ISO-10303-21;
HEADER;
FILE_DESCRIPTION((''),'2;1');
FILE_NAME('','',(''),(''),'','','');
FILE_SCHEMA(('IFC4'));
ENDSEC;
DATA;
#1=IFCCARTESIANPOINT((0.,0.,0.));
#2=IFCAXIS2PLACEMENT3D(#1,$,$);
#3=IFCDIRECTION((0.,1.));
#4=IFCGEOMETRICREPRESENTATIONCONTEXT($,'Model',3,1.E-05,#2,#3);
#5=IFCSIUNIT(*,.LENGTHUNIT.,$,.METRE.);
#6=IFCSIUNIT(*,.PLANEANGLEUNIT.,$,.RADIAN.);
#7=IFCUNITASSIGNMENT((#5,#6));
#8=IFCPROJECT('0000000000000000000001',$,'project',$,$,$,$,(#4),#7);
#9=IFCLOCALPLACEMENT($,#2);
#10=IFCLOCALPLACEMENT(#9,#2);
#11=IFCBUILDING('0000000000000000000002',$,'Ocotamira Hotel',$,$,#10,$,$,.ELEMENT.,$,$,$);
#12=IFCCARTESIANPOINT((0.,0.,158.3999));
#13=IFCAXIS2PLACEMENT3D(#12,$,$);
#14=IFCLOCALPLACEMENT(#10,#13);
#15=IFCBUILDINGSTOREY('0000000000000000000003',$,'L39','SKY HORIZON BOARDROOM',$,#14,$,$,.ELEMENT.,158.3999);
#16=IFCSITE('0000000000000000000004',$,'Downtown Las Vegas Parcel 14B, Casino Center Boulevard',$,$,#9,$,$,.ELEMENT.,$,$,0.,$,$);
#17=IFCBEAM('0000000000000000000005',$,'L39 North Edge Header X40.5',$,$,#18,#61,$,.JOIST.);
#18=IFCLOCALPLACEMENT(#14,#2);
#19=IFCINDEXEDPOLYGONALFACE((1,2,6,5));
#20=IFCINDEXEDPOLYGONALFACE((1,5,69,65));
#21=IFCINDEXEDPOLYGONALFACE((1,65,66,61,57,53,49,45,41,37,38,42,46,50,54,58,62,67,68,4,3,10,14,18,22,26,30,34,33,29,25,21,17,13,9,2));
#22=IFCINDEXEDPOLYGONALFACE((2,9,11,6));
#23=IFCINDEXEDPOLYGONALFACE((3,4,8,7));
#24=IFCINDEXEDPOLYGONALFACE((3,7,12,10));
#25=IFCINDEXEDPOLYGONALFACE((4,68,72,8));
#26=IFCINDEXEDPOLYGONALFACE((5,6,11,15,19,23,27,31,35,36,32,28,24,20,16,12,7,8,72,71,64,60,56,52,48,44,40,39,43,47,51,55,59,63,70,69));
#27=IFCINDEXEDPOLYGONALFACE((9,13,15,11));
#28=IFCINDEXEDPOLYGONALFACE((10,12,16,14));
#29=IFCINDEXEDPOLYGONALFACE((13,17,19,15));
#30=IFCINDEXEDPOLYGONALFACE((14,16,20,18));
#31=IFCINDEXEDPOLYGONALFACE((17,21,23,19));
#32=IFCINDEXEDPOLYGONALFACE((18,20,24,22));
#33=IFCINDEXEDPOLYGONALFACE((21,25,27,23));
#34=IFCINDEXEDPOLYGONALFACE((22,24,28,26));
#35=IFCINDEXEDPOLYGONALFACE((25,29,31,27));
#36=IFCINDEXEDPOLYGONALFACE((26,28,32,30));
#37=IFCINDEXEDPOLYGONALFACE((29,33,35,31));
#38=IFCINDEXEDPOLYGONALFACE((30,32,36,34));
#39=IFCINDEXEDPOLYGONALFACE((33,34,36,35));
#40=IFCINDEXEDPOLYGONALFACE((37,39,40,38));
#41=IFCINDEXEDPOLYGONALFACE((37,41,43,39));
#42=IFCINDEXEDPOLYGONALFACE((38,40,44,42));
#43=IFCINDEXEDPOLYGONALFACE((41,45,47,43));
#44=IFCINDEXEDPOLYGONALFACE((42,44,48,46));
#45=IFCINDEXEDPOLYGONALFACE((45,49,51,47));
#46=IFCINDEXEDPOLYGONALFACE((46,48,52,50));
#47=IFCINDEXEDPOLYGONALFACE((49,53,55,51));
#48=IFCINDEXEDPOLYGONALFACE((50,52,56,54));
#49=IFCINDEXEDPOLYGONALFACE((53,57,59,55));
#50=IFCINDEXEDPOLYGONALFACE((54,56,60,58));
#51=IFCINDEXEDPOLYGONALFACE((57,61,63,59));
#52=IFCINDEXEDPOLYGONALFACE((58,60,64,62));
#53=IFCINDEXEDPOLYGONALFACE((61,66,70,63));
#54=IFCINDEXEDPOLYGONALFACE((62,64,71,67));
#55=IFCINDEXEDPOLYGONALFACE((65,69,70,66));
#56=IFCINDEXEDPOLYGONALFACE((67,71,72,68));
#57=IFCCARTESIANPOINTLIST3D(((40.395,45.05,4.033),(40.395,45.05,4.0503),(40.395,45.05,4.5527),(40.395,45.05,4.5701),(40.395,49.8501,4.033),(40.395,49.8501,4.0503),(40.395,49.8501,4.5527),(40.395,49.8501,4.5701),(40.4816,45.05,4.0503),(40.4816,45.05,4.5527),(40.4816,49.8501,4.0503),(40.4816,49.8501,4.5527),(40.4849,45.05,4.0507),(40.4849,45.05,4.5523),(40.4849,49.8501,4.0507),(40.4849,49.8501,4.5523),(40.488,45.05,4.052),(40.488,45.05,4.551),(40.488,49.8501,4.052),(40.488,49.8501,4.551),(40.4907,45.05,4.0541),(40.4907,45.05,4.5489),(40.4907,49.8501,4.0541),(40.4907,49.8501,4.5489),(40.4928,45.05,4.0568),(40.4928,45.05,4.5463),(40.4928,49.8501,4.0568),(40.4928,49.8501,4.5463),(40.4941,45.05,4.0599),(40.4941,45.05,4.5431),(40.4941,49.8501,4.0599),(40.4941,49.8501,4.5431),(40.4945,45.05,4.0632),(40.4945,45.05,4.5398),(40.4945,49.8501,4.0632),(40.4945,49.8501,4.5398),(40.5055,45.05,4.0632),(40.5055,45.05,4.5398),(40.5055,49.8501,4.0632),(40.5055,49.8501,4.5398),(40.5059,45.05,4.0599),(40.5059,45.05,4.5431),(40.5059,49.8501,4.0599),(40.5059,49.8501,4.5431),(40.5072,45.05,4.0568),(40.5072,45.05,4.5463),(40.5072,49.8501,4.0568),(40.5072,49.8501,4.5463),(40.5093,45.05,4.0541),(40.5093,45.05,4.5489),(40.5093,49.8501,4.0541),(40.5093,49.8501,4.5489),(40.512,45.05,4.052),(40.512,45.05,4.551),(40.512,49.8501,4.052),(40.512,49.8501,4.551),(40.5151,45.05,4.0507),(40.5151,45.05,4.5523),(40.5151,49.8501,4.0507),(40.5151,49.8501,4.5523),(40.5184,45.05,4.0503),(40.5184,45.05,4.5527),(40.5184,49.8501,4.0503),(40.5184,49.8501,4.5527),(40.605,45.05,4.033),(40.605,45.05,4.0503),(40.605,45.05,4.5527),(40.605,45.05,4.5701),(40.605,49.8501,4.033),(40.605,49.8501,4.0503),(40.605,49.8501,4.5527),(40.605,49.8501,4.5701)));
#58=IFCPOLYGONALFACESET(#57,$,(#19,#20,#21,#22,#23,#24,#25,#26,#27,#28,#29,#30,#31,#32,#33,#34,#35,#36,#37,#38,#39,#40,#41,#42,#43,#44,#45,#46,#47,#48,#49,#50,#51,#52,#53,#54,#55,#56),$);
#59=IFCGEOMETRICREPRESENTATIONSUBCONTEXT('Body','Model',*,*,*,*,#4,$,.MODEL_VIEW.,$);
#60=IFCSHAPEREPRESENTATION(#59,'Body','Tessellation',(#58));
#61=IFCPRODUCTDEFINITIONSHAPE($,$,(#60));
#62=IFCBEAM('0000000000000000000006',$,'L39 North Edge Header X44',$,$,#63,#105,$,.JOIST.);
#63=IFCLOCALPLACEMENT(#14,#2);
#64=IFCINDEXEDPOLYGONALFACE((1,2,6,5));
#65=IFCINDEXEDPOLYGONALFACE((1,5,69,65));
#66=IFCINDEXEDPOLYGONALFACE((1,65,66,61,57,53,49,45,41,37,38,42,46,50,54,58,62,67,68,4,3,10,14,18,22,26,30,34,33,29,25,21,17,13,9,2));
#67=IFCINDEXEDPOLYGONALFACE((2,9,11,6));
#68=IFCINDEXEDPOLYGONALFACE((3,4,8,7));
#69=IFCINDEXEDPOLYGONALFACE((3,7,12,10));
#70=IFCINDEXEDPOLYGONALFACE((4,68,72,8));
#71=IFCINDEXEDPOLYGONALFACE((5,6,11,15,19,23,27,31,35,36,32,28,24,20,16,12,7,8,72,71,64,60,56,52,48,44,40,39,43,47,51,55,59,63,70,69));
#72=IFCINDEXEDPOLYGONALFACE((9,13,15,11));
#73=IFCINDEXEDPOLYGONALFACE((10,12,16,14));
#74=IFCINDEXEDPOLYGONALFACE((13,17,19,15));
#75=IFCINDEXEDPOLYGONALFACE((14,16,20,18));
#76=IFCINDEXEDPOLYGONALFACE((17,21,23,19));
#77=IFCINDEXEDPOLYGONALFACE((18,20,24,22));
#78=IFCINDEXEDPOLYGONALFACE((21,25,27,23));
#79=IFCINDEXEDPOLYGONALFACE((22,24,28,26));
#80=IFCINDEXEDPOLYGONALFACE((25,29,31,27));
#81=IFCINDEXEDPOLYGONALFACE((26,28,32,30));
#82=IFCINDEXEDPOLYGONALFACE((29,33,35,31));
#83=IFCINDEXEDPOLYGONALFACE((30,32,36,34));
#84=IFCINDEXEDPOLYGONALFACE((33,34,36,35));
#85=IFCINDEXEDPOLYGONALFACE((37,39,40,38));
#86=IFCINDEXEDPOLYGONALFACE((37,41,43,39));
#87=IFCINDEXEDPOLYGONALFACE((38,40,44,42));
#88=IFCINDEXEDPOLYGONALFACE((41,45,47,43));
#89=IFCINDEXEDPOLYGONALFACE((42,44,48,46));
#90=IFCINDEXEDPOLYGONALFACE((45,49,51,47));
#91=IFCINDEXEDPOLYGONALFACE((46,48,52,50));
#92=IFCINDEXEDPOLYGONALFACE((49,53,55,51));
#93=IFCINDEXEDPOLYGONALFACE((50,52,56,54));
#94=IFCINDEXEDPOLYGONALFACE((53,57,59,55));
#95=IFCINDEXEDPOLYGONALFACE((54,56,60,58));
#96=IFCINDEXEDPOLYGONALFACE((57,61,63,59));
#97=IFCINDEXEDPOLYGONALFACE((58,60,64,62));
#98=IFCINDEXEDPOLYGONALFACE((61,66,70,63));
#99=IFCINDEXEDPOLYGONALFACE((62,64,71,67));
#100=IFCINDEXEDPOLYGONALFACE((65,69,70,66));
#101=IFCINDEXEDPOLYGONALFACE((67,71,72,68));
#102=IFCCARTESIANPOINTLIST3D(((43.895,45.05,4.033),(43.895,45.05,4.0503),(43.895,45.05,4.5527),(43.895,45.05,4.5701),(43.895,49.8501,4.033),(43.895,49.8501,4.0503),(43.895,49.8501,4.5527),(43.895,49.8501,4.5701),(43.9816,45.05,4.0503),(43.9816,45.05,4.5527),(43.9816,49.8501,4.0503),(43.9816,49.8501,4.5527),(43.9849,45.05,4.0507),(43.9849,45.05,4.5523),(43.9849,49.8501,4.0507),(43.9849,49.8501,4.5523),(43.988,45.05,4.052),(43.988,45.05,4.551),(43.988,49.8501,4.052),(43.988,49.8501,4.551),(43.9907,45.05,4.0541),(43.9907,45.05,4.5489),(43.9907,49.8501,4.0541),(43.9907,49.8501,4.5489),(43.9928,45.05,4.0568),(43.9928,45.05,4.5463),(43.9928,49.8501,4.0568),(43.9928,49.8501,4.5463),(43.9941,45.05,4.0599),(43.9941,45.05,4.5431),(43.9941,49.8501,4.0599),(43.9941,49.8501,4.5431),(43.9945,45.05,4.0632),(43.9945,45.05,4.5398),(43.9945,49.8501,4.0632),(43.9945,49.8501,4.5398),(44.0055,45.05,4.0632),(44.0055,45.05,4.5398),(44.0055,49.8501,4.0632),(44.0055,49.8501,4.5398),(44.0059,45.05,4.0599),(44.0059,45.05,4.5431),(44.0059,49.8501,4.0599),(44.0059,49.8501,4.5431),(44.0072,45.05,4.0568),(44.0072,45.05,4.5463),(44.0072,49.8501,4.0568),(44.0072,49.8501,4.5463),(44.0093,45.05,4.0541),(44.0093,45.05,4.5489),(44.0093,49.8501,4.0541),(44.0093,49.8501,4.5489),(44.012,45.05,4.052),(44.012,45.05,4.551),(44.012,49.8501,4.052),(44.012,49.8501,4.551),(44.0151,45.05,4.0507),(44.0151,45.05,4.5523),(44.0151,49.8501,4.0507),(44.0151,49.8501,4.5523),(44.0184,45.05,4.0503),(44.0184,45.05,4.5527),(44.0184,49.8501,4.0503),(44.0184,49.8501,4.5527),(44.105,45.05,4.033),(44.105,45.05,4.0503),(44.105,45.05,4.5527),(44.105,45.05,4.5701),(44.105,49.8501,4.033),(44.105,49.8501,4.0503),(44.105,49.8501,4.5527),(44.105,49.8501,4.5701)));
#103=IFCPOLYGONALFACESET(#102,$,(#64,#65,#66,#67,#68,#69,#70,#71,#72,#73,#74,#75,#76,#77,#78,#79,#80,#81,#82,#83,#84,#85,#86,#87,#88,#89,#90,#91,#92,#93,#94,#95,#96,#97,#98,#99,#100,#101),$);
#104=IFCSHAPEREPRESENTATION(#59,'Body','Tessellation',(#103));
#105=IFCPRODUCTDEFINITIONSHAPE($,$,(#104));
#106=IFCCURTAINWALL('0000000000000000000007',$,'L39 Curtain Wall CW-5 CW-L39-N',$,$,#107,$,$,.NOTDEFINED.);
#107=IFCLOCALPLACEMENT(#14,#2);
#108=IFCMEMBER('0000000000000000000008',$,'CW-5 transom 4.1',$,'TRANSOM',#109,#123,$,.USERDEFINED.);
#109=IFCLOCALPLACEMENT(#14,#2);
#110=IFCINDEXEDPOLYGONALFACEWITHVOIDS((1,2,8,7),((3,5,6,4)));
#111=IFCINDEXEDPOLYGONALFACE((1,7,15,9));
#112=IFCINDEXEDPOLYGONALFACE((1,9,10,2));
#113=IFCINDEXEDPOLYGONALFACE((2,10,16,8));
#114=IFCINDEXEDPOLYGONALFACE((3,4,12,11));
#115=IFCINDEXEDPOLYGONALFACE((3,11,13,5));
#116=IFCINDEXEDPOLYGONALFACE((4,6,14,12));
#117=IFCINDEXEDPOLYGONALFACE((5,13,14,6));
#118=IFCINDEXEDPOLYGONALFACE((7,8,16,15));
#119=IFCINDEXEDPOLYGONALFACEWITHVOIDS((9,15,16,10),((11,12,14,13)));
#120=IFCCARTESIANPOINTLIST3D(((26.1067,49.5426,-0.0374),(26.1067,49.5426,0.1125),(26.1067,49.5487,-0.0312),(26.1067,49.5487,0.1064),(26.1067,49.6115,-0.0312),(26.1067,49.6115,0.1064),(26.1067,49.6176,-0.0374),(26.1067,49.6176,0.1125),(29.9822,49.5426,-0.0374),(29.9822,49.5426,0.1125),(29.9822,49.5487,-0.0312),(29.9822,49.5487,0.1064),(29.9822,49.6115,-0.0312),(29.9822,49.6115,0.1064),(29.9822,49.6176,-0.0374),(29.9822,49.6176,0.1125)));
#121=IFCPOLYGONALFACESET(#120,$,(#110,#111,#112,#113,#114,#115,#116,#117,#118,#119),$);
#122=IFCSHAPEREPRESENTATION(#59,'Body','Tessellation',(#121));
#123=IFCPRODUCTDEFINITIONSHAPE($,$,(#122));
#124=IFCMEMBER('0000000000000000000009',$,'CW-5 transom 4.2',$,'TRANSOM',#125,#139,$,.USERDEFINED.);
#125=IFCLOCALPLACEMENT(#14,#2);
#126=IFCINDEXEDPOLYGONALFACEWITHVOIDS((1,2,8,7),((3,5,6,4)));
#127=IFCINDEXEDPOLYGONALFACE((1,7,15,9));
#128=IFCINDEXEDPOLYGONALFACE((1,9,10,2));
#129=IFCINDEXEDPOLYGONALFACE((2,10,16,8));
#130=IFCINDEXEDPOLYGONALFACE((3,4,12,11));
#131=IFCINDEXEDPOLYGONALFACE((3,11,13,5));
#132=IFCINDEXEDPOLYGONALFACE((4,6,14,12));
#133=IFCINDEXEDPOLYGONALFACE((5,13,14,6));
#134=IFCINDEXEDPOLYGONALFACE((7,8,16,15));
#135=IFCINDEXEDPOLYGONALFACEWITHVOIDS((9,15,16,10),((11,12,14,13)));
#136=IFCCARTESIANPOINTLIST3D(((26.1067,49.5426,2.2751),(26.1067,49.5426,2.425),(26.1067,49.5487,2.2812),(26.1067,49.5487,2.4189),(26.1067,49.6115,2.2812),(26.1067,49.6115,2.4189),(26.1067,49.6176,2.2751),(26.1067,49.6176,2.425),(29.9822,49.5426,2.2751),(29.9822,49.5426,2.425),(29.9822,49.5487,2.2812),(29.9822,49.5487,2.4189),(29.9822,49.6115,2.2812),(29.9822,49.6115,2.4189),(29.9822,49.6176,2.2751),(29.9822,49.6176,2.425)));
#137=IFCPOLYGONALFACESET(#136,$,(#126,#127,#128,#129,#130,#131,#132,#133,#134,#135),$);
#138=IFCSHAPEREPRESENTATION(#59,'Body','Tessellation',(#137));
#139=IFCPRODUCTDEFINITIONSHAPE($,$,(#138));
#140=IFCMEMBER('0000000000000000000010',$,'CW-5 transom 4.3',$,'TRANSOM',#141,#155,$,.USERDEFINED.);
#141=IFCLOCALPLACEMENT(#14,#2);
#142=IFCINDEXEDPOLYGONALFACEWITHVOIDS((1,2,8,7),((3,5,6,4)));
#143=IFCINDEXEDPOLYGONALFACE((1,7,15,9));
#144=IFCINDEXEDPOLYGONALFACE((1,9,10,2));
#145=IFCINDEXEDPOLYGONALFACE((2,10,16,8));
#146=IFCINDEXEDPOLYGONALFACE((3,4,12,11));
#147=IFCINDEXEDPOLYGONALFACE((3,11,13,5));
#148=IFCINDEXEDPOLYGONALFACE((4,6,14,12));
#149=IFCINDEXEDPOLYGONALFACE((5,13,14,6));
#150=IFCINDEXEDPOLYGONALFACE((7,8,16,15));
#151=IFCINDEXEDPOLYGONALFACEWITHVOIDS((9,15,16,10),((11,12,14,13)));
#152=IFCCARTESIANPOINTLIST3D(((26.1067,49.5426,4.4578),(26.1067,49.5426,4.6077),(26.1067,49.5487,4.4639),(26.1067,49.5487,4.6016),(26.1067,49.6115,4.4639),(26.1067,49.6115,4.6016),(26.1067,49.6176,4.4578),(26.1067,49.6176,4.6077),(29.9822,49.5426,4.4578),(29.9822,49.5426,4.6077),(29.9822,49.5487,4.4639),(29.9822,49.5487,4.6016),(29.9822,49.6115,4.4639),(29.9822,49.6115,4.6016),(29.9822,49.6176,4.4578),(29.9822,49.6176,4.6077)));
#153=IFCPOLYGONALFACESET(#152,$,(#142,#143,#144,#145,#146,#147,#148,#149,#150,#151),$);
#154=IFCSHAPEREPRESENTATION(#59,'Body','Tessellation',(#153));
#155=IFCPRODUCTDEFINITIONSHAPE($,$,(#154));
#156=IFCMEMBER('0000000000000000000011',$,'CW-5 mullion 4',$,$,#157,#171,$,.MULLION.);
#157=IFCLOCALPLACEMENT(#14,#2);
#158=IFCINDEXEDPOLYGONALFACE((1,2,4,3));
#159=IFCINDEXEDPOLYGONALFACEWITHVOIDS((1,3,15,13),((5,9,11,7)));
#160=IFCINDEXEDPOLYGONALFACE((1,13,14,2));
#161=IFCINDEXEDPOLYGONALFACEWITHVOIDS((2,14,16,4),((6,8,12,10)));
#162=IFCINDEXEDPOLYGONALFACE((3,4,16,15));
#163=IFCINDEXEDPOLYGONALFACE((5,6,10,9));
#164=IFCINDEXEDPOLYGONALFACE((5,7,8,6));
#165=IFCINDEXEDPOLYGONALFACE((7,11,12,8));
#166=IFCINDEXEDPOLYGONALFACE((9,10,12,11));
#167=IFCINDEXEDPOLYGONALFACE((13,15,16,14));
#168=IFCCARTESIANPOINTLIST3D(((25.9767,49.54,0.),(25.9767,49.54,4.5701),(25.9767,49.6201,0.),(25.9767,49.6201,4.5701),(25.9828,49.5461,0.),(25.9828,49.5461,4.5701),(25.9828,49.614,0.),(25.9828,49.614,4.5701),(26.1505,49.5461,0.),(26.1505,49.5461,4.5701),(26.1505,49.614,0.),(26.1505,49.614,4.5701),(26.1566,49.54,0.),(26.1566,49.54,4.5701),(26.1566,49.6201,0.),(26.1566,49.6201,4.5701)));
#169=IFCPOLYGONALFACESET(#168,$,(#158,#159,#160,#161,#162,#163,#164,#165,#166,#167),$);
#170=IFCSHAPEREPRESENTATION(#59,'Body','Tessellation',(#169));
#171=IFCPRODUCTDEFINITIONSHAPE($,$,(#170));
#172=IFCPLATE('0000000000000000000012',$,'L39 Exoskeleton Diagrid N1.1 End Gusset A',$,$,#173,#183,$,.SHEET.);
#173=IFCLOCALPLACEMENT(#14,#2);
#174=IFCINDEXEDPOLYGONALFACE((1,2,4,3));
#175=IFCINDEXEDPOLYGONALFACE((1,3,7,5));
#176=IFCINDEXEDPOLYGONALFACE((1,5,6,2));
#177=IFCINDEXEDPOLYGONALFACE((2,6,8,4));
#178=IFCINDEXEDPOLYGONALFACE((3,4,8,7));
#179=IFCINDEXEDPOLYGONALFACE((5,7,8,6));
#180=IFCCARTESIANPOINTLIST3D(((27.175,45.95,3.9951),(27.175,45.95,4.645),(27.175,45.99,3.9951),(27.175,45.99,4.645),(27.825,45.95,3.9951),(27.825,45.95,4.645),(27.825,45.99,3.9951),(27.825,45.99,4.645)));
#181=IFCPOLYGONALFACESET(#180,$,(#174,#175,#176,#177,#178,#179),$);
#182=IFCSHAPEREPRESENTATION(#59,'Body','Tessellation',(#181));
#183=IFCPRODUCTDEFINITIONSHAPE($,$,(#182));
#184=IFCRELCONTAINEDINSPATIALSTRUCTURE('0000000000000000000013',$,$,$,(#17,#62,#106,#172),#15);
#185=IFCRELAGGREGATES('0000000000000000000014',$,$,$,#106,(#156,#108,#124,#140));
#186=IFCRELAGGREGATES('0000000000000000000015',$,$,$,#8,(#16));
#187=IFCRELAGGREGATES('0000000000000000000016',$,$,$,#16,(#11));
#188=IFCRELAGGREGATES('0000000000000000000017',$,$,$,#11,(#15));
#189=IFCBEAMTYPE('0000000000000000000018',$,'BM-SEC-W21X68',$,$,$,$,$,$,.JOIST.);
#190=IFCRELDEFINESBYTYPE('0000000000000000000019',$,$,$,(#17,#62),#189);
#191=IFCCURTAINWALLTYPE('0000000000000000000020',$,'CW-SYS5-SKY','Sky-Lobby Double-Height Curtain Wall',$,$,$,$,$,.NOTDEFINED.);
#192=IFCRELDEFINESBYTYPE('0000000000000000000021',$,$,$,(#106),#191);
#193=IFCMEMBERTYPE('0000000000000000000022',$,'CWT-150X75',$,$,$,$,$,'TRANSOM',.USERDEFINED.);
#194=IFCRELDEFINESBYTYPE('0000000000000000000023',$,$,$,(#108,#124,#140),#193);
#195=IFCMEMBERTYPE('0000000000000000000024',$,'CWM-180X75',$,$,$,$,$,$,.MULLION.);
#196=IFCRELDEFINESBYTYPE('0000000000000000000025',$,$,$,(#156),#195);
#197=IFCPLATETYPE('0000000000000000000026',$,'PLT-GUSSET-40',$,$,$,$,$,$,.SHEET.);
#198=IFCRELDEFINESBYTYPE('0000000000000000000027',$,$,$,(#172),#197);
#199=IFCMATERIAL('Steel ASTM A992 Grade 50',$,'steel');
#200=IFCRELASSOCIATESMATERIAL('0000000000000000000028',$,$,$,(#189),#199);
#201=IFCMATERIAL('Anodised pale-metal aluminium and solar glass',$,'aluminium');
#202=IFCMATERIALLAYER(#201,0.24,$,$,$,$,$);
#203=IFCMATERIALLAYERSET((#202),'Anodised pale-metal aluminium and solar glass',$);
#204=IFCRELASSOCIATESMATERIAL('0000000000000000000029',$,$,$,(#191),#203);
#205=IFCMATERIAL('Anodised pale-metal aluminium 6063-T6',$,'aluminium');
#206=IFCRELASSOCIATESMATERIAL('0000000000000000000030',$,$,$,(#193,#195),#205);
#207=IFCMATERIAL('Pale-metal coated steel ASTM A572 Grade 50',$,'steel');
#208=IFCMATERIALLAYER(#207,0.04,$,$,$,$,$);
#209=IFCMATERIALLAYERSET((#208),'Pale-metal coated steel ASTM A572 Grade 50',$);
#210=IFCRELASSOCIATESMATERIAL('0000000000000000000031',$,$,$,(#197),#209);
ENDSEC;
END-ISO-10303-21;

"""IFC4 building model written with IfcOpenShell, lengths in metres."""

from ifc_helpers import new_model, si_unit, direction, frame, origin, origin_2d, place, context, subcontext, project, spatial, rectangle, hollow_rectangle, i_section, extrude, source, transform, mapped, material, layer, layer_set, material_profile, profile_set, type_object, element, aggregate, save


model = new_model("IFC4")

# Units and contexts
model_context = context("Model", 3, precision=1e-05, world=origin(), true_north=direction((0.0, 1.0)))
body_context = subcontext(model_context, "Body", "Model", "MODEL_VIEW")
ifc_project = project(units=[si_unit("LENGTHUNIT", "METRE"), si_unit("PLANEANGLEUNIT", "RADIAN")], contexts=[model_context])

# Site, building, storey
site_placement = place(None, origin())
site = spatial("IfcSite", under=ifc_project, at=site_placement, Name="Downtown Las Vegas Parcel 14B, Casino Center Boulevard", CompositionType="ELEMENT", RefElevation=0.0)
building_placement = place(site_placement, origin())
building = spatial("IfcBuilding", under=site, at=building_placement, Name="Ocotamira Hotel", CompositionType="ELEMENT")
storey_placement = place(building_placement, frame((0.0, 0.0, 158.3999)))
storey = spatial("IfcBuildingStorey", under=building, at=storey_placement, Name="L39", Description="SKY HORIZON BOARDROOM", CompositionType="ELEMENT", Elevation=158.3999)

# Beams
ifc_material_1 = material(Name="Steel ASTM A992 Grade 50", Category="steel")
ifc_material_profile_1 = material_profile(ifc_material_1, i_section(OverallWidth=0.21, OverallDepth=0.5371, WebThickness=0.011, FlangeThickness=0.0173, FilletRadius=0.0129, at=origin_2d()), Name="W21X68")
ifc_profile_set_1 = profile_set([ifc_material_profile_1], Name="Steel ASTM A992 Grade 50")
beam_type_1 = type_object("IfcBeamType", Name="BM-SEC-W21X68", PredefinedType="JOIST", material=ifc_profile_set_1)
shared_shape_1 = source(origin(), body_context, "Body", "SweptSolid", [
    extrude(i_section(OverallWidth=0.21, OverallDepth=0.5371, WebThickness=0.011, FlangeThickness=0.0173, FilletRadius=0.0129, at=origin_2d()), origin(), (0.0, 0.0, 1.0), 4.8),
])
for number, where, z_axis, x_axis, name in (
    (1, (40.5, 45.05, 4.3015), (0.0, 1.0, 0.0), (-1.0, 0.0, 0.0), "L39 North Edge Header X40.5"),
    (2, (44.0, 45.05, 4.3015), (0.0, 1.0, 0.0), (-1.0, 0.0, 0.0), "L39 North Edge Header X44"),
):
    element("IfcBeam", number, at=place(storey_placement, frame(where, z_axis=z_axis, x_axis=x_axis)), inside=storey, type_object=beam_type_1, Name=name, PredefinedType="JOIST", context=body_context, shape_type="MappedRepresentation", body=[
        mapped(shared_shape_1, transform((0.0, 0.0, 0.0), scale=1.0)),
    ])

# Curtain wall, members
ifc_material_2 = material(Name="Anodised pale-metal aluminium and solar glass", Category="aluminium")
ifc_layer_1 = layer(ifc_material_2, 0.24)
ifc_layer_set_1 = layer_set([ifc_layer_1], Name="Anodised pale-metal aluminium and solar glass")
curtain_wall_type = type_object("IfcCurtainWallType", Name="CW-SYS5-SKY", Description="Sky-Lobby Double-Height Curtain Wall", PredefinedType="NOTDEFINED", material=ifc_layer_set_1)
curtain_wall_placement = place(storey_placement, origin())
curtain_wall = element("IfcCurtainWall", 3, at=curtain_wall_placement, inside=storey, type_object=curtain_wall_type, Name="L39 Curtain Wall CW-5 CW-L39-N", PredefinedType="NOTDEFINED")
ifc_material_3 = material(Name="Anodised pale-metal aluminium 6063-T6", Category="aluminium")
ifc_material_profile_2 = material_profile(ifc_material_3, hollow_rectangle(XDim=0.075, YDim=0.1499, WallThickness=0.0061, at=origin_2d()), Name="HSS150X75X6")
ifc_profile_set_2 = profile_set([ifc_material_profile_2], Name="Anodised pale-metal aluminium 6063-T6")
member_type_1 = type_object("IfcMemberType", Name="CWT-150X75", ElementType="TRANSOM", PredefinedType="USERDEFINED", material=ifc_profile_set_2)
shared_shape_2 = source(origin(), body_context, "Body", "SweptSolid", [
    extrude(hollow_rectangle(XDim=0.075, YDim=0.1499, WallThickness=0.0061, at=origin_2d()), origin(), (0.0, 0.0, 1.0), 3.8755),
])
member_1_placement = place(storey_placement, frame((26.1067, 49.5801, 0.0376), z_axis=(1.0, 0.0, 0.0), x_axis=(0.0, 1.0, 0.0)))
member_1 = element("IfcMember", 4, at=member_1_placement, type_object=member_type_1, Name="CW-5 transom 4.1", ObjectType="TRANSOM", PredefinedType="USERDEFINED", context=body_context, shape_type="MappedRepresentation", body=[
    mapped(shared_shape_2, transform((0.0, 0.0, 0.0), scale=1.0)),
])
member_2_placement = place(storey_placement, frame((26.1067, 49.5801, 2.3501), z_axis=(1.0, 0.0, 0.0), x_axis=(0.0, 1.0, 0.0)))
member_2 = element("IfcMember", 5, at=member_2_placement, type_object=member_type_1, Name="CW-5 transom 4.2", ObjectType="TRANSOM", PredefinedType="USERDEFINED", context=body_context, shape_type="MappedRepresentation", body=[
    mapped(shared_shape_2, transform((0.0, 0.0, 0.0), scale=1.0)),
])
member_3_placement = place(storey_placement, frame((26.1067, 49.5801, 4.5327), z_axis=(1.0, 0.0, 0.0), x_axis=(0.0, 1.0, 0.0)))
member_3 = element("IfcMember", 6, at=member_3_placement, type_object=member_type_1, Name="CW-5 transom 4.3", ObjectType="TRANSOM", PredefinedType="USERDEFINED", context=body_context, shape_type="MappedRepresentation", body=[
    mapped(shared_shape_2, transform((0.0, 0.0, 0.0), scale=1.0)),
])
ifc_material_profile_3 = material_profile(ifc_material_3, hollow_rectangle(XDim=0.0801, YDim=0.1799, WallThickness=0.0061, at=origin_2d()), Name="HSS180X80X6")
ifc_profile_set_3 = profile_set([ifc_material_profile_3], Name="Anodised pale-metal aluminium 6063-T6")
member_type_2 = type_object("IfcMemberType", Name="CWM-180X75", PredefinedType="MULLION", material=ifc_profile_set_3)
shared_shape_3 = source(origin(), body_context, "Body", "SweptSolid", [
    extrude(hollow_rectangle(XDim=0.0801, YDim=0.1799, WallThickness=0.0061, at=origin_2d()), origin(), (0.0, 0.0, 1.0), 4.5701),
])
member_4_placement = place(storey_placement, frame((26.0667, 49.5801, 0.0), z_axis=(0.0, 0.0, 1.0), x_axis=(0.0, 1.0, 0.0)))
member_4 = element("IfcMember", 7, at=member_4_placement, type_object=member_type_2, Name="CW-5 mullion 4", PredefinedType="MULLION", context=body_context, shape_type="MappedRepresentation", body=[
    mapped(shared_shape_3, transform((0.0, 0.0, 0.0), scale=1.0)),
])

# Plate
ifc_material_4 = material(Name="Pale-metal coated steel ASTM A572 Grade 50", Category="steel")
ifc_layer_2 = layer(ifc_material_4, 0.04)
ifc_layer_set_2 = layer_set([ifc_layer_2], Name="Pale-metal coated steel ASTM A572 Grade 50")
plate_type_1 = type_object("IfcPlateType", Name="PLT-GUSSET-40", PredefinedType="SHEET", material=ifc_layer_set_2)
shared_shape_4 = source(origin(), body_context, "Body", "SweptSolid", [
    extrude(rectangle(XDim=0.6499, YDim=0.04, at=origin_2d()), origin(), (0.0, 0.0, 1.0), 0.6499),
])
for number, where, z_axis, x_axis, name in (
    (8, (27.5, 45.97, 3.9951), (0.0, 0.0, 1.0), (-1.0, 0.0, 0.0), "L39 Exoskeleton Diagrid N1.1 End Gusset A"),
):
    element("IfcPlate", number, at=place(storey_placement, frame(where, z_axis=z_axis, x_axis=x_axis)), inside=storey, type_object=plate_type_1, Name=name, PredefinedType="SHEET", context=body_context, shape_type="MappedRepresentation", body=[
        mapped(shared_shape_4, transform((0.0, 0.0, 0.0), scale=1.0)),
    ])

aggregate(curtain_wall, [member_4, member_1, member_2, member_3])

save(model, "model.ifc")
